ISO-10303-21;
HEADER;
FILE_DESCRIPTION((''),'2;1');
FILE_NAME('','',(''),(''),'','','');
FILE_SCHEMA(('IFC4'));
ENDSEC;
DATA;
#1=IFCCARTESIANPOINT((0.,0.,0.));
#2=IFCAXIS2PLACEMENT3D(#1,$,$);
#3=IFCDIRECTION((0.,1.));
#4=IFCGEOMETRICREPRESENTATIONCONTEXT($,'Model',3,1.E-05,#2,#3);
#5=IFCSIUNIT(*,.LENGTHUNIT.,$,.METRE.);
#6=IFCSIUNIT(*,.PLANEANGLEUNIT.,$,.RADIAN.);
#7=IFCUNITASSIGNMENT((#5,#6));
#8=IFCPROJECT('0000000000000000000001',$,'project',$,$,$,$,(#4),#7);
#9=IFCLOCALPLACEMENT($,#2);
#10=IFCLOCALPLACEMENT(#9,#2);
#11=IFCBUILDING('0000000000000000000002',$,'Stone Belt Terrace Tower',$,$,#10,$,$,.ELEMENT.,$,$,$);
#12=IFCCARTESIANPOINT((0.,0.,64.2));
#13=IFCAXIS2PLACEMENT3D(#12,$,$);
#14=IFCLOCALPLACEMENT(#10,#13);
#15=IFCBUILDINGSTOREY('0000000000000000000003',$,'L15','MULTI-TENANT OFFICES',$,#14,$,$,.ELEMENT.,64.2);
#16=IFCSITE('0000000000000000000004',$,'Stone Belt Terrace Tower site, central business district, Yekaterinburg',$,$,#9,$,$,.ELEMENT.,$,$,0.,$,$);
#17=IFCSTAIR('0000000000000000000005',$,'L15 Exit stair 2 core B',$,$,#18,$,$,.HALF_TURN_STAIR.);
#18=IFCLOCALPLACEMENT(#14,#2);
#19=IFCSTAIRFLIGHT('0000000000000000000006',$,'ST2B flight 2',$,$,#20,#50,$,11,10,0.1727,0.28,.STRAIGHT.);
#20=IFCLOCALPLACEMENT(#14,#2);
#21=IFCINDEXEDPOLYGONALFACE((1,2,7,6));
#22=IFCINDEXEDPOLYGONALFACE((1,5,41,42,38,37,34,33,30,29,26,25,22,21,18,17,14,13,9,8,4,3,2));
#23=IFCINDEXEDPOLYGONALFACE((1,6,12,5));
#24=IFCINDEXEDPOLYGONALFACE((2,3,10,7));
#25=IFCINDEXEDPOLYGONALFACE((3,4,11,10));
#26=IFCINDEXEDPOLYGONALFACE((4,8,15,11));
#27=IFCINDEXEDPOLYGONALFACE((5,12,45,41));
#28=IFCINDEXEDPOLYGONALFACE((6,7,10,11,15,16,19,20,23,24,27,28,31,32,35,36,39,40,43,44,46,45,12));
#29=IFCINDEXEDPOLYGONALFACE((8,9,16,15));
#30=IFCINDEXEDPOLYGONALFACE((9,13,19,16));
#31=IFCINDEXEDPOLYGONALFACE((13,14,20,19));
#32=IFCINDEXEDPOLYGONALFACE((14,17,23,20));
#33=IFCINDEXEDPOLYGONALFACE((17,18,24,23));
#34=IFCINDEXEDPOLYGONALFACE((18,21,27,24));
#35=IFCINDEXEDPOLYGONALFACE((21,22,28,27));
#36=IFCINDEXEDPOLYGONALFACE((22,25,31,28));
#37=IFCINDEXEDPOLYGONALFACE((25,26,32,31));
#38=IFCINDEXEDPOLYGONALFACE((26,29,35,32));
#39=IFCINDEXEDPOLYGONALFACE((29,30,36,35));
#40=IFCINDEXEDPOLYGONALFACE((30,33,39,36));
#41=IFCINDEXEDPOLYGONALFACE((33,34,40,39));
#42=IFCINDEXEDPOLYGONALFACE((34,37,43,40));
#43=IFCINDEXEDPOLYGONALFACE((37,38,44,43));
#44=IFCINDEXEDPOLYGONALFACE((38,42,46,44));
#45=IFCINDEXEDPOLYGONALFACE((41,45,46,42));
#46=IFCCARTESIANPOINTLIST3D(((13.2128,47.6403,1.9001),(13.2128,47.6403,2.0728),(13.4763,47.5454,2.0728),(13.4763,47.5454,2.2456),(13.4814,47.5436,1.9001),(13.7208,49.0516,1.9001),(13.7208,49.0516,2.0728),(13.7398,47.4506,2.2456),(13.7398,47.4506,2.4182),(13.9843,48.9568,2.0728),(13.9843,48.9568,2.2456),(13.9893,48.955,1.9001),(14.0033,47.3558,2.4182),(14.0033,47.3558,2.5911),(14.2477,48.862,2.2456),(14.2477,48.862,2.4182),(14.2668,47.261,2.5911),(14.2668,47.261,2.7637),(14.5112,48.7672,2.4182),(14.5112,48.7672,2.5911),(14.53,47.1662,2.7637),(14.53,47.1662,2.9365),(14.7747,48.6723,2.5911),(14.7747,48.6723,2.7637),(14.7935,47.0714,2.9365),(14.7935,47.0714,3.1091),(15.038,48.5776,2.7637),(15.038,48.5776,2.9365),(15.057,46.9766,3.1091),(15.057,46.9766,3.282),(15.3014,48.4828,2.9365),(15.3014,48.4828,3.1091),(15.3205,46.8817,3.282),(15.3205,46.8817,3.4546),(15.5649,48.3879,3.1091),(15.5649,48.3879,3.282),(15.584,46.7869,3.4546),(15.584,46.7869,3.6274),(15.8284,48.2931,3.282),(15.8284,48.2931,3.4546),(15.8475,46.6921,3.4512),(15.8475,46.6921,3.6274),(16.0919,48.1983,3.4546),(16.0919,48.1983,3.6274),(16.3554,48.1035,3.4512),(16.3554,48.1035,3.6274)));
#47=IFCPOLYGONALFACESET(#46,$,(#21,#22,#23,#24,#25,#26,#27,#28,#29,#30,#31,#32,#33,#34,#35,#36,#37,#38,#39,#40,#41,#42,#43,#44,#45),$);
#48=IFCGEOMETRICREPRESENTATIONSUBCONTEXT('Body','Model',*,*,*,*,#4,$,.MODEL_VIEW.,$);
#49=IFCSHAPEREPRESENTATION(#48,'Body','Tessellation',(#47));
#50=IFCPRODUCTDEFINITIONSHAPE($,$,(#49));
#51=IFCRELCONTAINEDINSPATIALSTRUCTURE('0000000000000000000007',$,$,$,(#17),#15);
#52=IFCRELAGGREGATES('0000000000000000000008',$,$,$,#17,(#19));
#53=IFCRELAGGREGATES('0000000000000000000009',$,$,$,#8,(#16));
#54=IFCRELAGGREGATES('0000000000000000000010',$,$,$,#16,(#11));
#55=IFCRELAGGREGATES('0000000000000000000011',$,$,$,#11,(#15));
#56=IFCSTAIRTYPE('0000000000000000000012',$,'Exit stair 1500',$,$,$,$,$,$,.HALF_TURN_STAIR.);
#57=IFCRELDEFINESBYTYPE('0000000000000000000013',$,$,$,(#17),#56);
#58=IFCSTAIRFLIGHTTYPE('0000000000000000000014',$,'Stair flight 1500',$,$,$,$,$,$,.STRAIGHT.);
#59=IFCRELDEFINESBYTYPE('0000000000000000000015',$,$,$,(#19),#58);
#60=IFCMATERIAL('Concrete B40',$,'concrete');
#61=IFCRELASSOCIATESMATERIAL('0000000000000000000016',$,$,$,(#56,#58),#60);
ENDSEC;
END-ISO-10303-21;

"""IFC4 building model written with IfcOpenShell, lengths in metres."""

from ifc_helpers import new_model, si_unit, direction, frame, origin, place, context, subcontext, project, spatial, polyline, outline, extrude, material, type_object, element, aggregate, save


model = new_model("IFC4")

# Units and contexts
model_context = context("Model", 3, precision=1e-05, world=origin(), true_north=direction((0.0, 1.0)))
body_context = subcontext(model_context, "Body", "Model", "MODEL_VIEW")
ifc_project = project(units=[si_unit("LENGTHUNIT", "METRE"), si_unit("PLANEANGLEUNIT", "RADIAN")], contexts=[model_context])

# Site, building, storey
site_placement = place(None, origin())
site = spatial("IfcSite", under=ifc_project, at=site_placement, Name="Stone Belt Terrace Tower site, central business district, Yekaterinburg", CompositionType="ELEMENT", RefElevation=0.0)
building_placement = place(site_placement, origin())
building = spatial("IfcBuilding", under=site, at=building_placement, Name="Stone Belt Terrace Tower", CompositionType="ELEMENT")
storey_placement = place(building_placement, frame((0.0, 0.0, 64.2)))
storey = spatial("IfcBuildingStorey", under=building, at=storey_placement, Name="L15", Description="MULTI-TENANT OFFICES", CompositionType="ELEMENT", Elevation=64.2)

# Stair, stair flight
ifc_material_1 = material(Name="Concrete B40", Category="concrete")
stair_type = type_object("IfcStairType", Name="Exit stair 1500", PredefinedType="HALF_TURN_STAIR", material=ifc_material_1)
stair_placement = place(storey_placement, origin())
stair = element("IfcStair", 1, at=stair_placement, inside=storey, type_object=stair_type, Name="L15 Exit stair 2 core B", PredefinedType="HALF_TURN_STAIR")
stair_flight_type = type_object("IfcStairFlightType", Name="Stair flight 1500", PredefinedType="STRAIGHT", material=ifc_material_1)
stair_flight_placement = place(storey_placement, frame((13.4668, 48.3459, 1.9001), z_axis=(0.0, 0.0, 1.0), x_axis=(0.940922, -0.338624, 0.0)))
stair_flight = element("IfcStairFlight", 2, at=stair_flight_placement, type_object=stair_flight_type, Name="ST2B flight 2", NumberOfRisers=11, NumberOfTreads=10, PredefinedType="STRAIGHT", RiserHeight=0.1727, TreadLength=0.28, context=body_context, shape_type="SweptSolid", body=[
    extrude(outline(polyline([(0.0, 0.0), (0.0, 0.1726), (0.28, 0.1726), (0.28, 0.3455), (0.5601, 0.3455), (0.5601, 0.5181), (0.8401, 0.5181), (0.8401, 0.6909), (1.1201, 0.6909), (1.1201, 0.8635), (1.3999, 0.8635), (1.3999, 1.0364), (1.6799, 1.0364), (1.6799, 1.209), (1.96, 1.209), (1.96, 1.3818), (2.24, 1.3818), (2.24, 1.5544), (2.52, 1.5544), (2.52, 1.7273), (2.8, 1.7273), (2.8, 1.8999), (2.8, 1.551), (0.2854, 0.0), (0.0, 0.0)])), frame((0.0, 0.75, 0.0), z_axis=(0.0, -1.0, 0.0), x_axis=(1.0, 0.0, 0.0)), (0.0, 0.0, 1.0), 1.5),
])
aggregate(stair, [stair_flight])

save(model, "model.ifc")
